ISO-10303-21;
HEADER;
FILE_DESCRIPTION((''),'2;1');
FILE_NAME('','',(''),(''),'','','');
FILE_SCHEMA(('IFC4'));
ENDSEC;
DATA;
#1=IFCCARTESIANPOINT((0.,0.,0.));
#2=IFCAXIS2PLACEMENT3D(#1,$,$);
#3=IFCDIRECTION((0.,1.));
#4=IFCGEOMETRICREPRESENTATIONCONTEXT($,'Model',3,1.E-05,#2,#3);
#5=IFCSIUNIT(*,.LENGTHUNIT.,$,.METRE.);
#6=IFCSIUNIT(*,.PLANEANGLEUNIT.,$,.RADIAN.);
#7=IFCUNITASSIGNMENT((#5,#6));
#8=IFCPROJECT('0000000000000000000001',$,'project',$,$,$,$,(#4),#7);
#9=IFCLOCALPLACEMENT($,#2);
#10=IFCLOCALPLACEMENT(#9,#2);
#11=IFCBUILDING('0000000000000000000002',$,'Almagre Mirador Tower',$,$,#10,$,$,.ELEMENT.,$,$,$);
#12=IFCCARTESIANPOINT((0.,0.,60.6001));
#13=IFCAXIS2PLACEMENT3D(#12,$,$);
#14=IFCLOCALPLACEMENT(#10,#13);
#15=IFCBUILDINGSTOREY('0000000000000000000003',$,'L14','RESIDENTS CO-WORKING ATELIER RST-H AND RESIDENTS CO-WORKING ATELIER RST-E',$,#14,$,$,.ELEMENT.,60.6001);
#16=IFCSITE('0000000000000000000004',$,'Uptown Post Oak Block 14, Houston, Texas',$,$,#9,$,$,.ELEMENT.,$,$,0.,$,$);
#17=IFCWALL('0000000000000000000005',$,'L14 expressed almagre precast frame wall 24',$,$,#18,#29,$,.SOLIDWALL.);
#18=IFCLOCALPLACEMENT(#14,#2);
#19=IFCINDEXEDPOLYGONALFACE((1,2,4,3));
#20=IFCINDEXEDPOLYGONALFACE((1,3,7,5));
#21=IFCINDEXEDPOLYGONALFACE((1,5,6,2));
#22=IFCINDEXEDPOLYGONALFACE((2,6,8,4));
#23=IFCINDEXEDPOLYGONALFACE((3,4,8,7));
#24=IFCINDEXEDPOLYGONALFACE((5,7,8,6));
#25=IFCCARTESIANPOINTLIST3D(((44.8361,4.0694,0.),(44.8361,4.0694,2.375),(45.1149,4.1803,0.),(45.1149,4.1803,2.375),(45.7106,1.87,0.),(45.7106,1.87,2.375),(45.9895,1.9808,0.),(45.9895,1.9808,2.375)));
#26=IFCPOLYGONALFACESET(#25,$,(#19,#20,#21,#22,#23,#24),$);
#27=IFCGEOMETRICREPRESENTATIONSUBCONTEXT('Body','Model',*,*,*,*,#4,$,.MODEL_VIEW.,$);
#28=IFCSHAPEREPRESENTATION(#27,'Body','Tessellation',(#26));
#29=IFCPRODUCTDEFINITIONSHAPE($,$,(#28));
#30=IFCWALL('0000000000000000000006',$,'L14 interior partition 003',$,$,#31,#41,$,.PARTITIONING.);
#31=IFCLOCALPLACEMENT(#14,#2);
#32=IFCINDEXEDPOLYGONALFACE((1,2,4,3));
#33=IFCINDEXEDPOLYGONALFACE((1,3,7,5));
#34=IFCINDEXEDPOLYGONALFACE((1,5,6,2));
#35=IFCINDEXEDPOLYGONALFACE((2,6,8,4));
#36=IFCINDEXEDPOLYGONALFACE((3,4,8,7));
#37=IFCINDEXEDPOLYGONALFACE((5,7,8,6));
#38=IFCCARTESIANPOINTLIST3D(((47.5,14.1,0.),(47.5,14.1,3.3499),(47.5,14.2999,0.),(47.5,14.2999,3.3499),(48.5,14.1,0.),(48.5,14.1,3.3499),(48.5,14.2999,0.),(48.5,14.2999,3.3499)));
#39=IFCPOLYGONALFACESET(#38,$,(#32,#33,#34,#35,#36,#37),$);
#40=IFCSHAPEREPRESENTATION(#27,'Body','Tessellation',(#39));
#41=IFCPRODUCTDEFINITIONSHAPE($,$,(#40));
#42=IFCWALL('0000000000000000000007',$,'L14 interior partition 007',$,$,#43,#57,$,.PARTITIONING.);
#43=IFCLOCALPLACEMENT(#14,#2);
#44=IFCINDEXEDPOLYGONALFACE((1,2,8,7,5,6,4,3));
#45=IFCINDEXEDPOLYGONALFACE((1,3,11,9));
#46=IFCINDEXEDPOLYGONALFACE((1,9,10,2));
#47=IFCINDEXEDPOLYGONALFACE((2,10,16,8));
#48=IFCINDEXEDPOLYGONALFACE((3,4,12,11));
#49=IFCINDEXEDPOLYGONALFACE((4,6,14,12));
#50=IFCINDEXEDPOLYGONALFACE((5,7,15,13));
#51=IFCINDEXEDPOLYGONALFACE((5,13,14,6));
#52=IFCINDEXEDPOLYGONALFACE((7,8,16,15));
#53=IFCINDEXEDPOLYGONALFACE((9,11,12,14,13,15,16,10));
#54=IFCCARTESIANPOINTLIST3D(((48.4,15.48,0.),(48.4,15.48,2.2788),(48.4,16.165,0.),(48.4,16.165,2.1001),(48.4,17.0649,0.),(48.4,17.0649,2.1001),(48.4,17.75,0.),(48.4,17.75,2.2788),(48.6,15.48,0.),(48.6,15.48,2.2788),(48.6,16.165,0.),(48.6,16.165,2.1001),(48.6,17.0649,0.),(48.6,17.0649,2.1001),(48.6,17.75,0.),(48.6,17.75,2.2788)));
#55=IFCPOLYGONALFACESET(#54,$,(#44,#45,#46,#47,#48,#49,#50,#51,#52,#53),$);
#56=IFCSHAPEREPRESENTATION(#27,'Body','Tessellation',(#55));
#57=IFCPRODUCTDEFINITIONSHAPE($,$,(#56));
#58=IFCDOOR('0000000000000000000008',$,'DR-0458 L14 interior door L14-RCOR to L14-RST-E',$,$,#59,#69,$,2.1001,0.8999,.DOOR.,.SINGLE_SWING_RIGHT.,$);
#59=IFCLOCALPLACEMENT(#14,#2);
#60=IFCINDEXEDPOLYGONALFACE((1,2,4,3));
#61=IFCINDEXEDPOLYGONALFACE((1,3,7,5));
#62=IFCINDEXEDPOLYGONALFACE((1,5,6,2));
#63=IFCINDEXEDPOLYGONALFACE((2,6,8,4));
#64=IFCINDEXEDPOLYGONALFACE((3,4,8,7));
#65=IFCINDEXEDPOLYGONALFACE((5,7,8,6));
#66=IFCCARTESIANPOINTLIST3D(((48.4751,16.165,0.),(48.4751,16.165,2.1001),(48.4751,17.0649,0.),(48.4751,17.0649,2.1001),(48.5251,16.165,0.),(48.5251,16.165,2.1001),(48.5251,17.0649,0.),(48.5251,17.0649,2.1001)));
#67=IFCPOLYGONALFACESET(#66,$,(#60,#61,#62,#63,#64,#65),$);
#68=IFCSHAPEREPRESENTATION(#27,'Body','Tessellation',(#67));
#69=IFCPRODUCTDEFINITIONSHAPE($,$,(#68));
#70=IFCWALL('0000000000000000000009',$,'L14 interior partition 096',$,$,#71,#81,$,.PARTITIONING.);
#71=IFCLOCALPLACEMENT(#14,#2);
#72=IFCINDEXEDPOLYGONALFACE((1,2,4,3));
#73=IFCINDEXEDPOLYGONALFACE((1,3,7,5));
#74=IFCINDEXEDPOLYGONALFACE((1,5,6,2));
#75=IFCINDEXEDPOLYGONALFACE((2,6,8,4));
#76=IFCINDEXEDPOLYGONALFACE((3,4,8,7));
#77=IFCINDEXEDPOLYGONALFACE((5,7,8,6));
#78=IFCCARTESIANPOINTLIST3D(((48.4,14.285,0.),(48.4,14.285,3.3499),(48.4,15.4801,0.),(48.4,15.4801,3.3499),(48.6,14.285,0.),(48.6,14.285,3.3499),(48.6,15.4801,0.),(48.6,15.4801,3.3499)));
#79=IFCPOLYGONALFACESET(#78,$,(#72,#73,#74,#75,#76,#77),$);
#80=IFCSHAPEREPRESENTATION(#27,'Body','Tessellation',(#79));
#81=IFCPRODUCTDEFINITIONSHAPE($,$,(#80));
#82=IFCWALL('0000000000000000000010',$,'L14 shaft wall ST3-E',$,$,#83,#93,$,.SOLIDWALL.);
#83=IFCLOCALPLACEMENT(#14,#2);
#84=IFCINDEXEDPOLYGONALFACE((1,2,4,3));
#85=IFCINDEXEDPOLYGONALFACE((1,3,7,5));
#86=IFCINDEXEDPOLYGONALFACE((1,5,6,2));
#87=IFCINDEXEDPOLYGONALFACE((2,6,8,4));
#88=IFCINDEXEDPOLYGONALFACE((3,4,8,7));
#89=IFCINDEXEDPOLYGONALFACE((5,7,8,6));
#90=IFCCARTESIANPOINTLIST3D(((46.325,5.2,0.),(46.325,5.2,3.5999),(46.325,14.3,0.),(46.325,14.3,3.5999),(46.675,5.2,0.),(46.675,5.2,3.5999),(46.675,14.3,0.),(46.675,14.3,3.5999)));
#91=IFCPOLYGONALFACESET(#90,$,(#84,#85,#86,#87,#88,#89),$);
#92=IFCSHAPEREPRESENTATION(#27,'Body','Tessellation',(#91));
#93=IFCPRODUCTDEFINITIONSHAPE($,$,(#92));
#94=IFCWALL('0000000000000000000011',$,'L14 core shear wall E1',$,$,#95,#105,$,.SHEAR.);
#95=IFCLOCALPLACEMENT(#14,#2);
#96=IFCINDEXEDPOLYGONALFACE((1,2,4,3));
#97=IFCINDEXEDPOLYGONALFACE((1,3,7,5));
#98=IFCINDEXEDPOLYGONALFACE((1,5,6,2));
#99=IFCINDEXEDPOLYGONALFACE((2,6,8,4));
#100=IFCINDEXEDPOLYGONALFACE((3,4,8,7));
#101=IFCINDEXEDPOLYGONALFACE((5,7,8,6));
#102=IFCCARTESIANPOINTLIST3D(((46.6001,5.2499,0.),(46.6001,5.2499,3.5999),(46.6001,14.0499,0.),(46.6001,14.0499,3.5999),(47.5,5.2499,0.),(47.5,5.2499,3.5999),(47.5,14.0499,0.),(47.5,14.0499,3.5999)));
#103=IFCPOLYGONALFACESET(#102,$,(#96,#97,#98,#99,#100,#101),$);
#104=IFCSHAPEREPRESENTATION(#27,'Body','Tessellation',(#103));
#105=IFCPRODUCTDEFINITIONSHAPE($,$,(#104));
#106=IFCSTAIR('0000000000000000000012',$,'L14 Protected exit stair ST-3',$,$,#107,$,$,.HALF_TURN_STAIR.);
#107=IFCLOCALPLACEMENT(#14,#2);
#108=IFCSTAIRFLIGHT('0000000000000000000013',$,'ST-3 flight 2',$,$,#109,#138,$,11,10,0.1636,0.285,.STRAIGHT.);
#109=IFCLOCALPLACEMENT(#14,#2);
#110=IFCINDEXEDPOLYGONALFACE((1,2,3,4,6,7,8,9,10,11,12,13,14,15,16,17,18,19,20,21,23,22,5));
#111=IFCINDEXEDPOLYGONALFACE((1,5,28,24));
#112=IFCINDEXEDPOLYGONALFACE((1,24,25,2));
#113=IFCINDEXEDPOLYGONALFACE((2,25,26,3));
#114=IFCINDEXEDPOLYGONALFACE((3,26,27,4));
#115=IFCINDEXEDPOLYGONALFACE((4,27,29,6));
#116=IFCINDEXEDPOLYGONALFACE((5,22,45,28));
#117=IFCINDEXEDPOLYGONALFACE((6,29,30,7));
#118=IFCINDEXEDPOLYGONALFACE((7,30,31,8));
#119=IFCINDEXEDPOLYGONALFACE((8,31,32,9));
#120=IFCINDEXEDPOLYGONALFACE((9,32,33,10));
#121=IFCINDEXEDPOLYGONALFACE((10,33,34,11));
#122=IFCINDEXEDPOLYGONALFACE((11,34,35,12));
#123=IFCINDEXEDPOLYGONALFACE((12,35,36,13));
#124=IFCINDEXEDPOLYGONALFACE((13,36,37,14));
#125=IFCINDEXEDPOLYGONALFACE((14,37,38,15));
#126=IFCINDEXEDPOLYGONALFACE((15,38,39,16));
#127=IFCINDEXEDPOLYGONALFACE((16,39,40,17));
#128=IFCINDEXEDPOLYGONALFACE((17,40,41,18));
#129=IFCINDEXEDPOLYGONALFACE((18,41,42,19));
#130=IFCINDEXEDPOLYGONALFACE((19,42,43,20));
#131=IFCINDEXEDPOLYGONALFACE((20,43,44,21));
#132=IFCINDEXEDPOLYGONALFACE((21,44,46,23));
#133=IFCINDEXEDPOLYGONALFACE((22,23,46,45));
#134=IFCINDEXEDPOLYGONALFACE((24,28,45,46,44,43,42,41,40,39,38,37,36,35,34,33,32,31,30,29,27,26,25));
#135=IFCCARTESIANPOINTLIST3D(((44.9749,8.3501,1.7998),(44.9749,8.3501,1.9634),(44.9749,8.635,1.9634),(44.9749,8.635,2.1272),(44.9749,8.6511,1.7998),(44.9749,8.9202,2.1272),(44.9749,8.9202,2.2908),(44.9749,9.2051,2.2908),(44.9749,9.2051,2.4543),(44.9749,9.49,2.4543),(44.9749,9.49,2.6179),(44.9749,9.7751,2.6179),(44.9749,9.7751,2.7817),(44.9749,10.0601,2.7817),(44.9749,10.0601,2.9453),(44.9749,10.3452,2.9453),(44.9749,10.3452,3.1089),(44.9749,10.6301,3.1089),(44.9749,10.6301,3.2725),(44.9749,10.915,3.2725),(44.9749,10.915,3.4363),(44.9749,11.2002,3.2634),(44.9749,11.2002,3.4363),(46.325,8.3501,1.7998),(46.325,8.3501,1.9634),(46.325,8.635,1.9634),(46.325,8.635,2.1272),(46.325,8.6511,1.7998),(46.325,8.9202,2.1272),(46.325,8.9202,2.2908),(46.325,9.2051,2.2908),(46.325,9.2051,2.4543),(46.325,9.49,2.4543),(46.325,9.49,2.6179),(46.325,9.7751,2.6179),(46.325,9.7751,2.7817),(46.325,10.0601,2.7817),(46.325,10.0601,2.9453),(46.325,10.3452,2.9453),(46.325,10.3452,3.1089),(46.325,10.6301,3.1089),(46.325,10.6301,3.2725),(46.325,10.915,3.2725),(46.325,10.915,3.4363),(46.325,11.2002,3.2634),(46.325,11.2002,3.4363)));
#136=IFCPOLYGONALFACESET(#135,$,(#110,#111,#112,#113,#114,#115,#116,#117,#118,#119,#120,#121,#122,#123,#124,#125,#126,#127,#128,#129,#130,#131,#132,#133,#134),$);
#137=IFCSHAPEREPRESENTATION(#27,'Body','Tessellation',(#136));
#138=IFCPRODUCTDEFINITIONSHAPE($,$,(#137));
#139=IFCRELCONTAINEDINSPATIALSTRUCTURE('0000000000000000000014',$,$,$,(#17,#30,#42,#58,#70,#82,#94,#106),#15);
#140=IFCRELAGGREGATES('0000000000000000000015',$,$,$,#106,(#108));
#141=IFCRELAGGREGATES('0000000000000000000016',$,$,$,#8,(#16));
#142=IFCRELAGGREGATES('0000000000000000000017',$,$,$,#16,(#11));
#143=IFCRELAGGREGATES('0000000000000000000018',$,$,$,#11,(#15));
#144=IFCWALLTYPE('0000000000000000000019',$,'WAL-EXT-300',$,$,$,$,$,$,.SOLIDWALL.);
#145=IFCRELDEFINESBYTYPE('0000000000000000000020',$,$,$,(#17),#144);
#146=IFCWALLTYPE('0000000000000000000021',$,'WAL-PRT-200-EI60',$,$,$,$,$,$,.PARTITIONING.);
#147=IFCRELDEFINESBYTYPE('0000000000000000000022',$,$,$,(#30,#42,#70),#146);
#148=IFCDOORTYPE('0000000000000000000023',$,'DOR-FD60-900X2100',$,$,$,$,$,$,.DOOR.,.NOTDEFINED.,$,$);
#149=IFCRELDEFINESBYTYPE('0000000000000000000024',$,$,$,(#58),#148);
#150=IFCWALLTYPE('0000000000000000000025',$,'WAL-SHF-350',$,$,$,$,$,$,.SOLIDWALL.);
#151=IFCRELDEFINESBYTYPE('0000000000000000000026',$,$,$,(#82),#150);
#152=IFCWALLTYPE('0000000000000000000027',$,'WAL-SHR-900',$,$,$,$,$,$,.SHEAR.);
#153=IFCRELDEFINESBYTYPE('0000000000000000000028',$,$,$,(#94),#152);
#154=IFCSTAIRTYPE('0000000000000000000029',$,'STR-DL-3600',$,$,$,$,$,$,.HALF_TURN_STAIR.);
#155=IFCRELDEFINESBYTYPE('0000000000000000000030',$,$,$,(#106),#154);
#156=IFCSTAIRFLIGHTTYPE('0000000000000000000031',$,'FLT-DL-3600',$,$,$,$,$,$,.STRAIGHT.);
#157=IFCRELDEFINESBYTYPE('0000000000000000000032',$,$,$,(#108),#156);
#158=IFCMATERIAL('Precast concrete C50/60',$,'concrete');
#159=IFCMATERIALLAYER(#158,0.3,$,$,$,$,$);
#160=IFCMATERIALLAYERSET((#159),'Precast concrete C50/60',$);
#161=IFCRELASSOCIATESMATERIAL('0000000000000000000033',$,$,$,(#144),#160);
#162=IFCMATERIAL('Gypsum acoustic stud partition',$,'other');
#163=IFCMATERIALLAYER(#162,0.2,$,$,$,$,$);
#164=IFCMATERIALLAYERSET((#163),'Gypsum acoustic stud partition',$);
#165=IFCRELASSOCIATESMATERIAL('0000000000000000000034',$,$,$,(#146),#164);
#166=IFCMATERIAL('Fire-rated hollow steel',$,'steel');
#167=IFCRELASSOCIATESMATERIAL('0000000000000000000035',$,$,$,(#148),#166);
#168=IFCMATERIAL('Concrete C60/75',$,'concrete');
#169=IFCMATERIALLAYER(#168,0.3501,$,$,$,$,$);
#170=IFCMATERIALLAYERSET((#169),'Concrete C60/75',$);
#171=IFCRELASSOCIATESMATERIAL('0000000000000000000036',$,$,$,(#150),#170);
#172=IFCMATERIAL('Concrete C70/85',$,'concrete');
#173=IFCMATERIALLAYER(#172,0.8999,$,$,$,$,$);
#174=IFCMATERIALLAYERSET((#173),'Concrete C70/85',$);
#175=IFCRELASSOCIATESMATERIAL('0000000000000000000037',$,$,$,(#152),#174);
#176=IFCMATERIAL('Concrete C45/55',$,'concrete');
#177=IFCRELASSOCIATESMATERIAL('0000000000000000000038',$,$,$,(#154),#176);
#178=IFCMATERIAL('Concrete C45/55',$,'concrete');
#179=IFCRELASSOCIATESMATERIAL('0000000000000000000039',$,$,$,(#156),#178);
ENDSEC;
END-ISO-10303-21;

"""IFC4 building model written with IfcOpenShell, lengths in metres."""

from ifc_helpers import new_model, si_unit, direction, frame, frame_2d, origin, place, context, subcontext, project, spatial, polyline, rectangle, outline, extrude, material, layer, layer_set, type_object, element, fill, aggregate, save


model = new_model("IFC4")

# Units and contexts
model_context = context("Model", 3, precision=1e-05, world=origin(), true_north=direction((0.0, 1.0)))
body_context = subcontext(model_context, "Body", "Model", "MODEL_VIEW")
ifc_project = project(units=[si_unit("LENGTHUNIT", "METRE"), si_unit("PLANEANGLEUNIT", "RADIAN")], contexts=[model_context])

# Site, building, storey
site_placement = place(None, origin())
site = spatial("IfcSite", under=ifc_project, at=site_placement, Name="Uptown Post Oak Block 14, Houston, Texas", CompositionType="ELEMENT", RefElevation=0.0)
building_placement = place(site_placement, origin())
building = spatial("IfcBuilding", under=site, at=building_placement, Name="Almagre Mirador Tower", CompositionType="ELEMENT")
storey_placement = place(building_placement, frame((0.0, 0.0, 60.6001)))
storey = spatial("IfcBuildingStorey", under=building, at=storey_placement, Name="L14", Description="RESIDENTS CO-WORKING ATELIER RST-H AND RESIDENTS CO-WORKING ATELIER RST-E", CompositionType="ELEMENT", Elevation=60.6001)

# Walls
ifc_material_1 = material(Name="Precast concrete C50/60", Category="concrete")
ifc_layer_1 = layer(ifc_material_1, 0.3)
ifc_layer_set_1 = layer_set([ifc_layer_1], Name="Precast concrete C50/60")
wall_type_1 = type_object("IfcWallType", Name="WAL-EXT-300", PredefinedType="SOLIDWALL", material=ifc_layer_set_1)
wall_1_placement = place(storey_placement, frame((45.8501, 1.9253, 0.0), z_axis=(0.0, 0.0, 1.0), x_axis=(-0.369469, 0.929243, 0.0)))
element("IfcWall", 1, at=wall_1_placement, inside=storey, type_object=wall_type_1, Name="L14 expressed almagre precast frame wall 24", PredefinedType="SOLIDWALL", context=body_context, shape_type="SweptSolid", body=[
    extrude(rectangle(XDim=2.3669, YDim=0.3, at=frame_2d((1.1836, 0.0))), origin(), (0.0, 0.0, 1.0), 2.375),
])
ifc_material_2 = material(Name="Gypsum acoustic stud partition", Category="other")
ifc_layer_2 = layer(ifc_material_2, 0.2)
ifc_layer_set_2 = layer_set([ifc_layer_2], Name="Gypsum acoustic stud partition")
wall_type_2 = type_object("IfcWallType", Name="WAL-PRT-200-EI60", PredefinedType="PARTITIONING", material=ifc_layer_set_2)
wall_2_placement = place(storey_placement, frame((47.5, 14.2, 0.0), z_axis=(0.0, 0.0, 1.0), x_axis=(1.0, 0.0, 0.0)))
element("IfcWall", 2, at=wall_2_placement, inside=storey, type_object=wall_type_2, Name="L14 interior partition 003", PredefinedType="PARTITIONING", context=body_context, shape_type="SweptSolid", body=[
    extrude(rectangle(XDim=1.0, YDim=0.2, at=frame_2d((0.5, 0.0))), origin(), (0.0, 0.0, 1.0), 3.3499),
])

# Wall, opening, door
wall_3_placement = place(storey_placement, frame((48.5, 15.48, 0.0), z_axis=(0.0, 0.0, 1.0), x_axis=(0.0, 1.0, 0.0)))
wall_3 = element("IfcWall", 3, at=wall_3_placement, inside=storey, type_object=wall_type_2, Name="L14 interior partition 007", PredefinedType="PARTITIONING", context=body_context, shape_type="SweptSolid", body=[
    extrude(rectangle(XDim=2.27, YDim=0.2, at=frame_2d((1.135, 0.0))), origin(), (0.0, 0.0, 1.0), 2.2788),
])
opening_placement = place(wall_3_placement, frame((0.6851, 0.0, 0.0)))
opening = element("IfcOpeningElement", 4, at=opening_placement, cuts=wall_3, PredefinedType="OPENING", context=body_context, shape_type="SweptSolid", body=[
    extrude(rectangle(XDim=0.8999, YDim=2.1001, at=frame_2d((0.45, 1.05))), frame((0.0, 0.1101, 0.0), z_axis=(0.0, -1.0, 0.0), x_axis=(1.0, 0.0, 0.0)), (0.0, 0.0, 1.0), 0.22),
])
ifc_material_3 = material(Name="Fire-rated hollow steel", Category="steel")
door_type = type_object("IfcDoorType", Name="DOR-FD60-900X2100", OperationType="NOTDEFINED", PredefinedType="DOOR", material=ifc_material_3)
door_placement = place(opening_placement, origin())
door = element("IfcDoor", 5, at=door_placement, inside=storey, type_object=door_type, Name="DR-0458 L14 interior door L14-RCOR to L14-RST-E", OperationType="SINGLE_SWING_RIGHT", OverallHeight=2.1001, OverallWidth=0.8999, PredefinedType="DOOR", context=body_context, shape_type="SweptSolid", body=[
    extrude(rectangle(XDim=0.8999, YDim=2.1001, at=frame_2d((0.45, 1.05))), frame((0.0, 0.0249, 0.0), z_axis=(0.0, -1.0, 0.0), x_axis=(1.0, 0.0, 0.0)), (0.0, 0.0, 1.0), 0.05),
])
fill(opening, door)

# Walls
wall_4_placement = place(storey_placement, frame((48.5, 14.2849, 0.0), z_axis=(0.0, 0.0, 1.0), x_axis=(0.0, 1.0, 0.0)))
element("IfcWall", 6, at=wall_4_placement, inside=storey, type_object=wall_type_2, Name="L14 interior partition 096", PredefinedType="PARTITIONING", context=body_context, shape_type="SweptSolid", body=[
    extrude(rectangle(XDim=1.1951, YDim=0.2, at=frame_2d((0.5977, 0.0))), origin(), (0.0, 0.0, 1.0), 3.3499),
])
ifc_material_4 = material(Name="Concrete C60/75", Category="concrete")
ifc_layer_3 = layer(ifc_material_4, 0.3501)
ifc_layer_set_3 = layer_set([ifc_layer_3], Name="Concrete C60/75")
wall_type_3 = type_object("IfcWallType", Name="WAL-SHF-350", PredefinedType="SOLIDWALL", material=ifc_layer_set_3)
wall_5_placement = place(storey_placement, frame((46.5, 5.2, 0.0), z_axis=(0.0, 0.0, 1.0), x_axis=(0.0, 1.0, 0.0)))
element("IfcWall", 7, at=wall_5_placement, inside=storey, type_object=wall_type_3, Name="L14 shaft wall ST3-E", PredefinedType="SOLIDWALL", context=body_context, shape_type="SweptSolid", body=[
    extrude(rectangle(XDim=9.1001, YDim=0.3501, at=frame_2d((4.55, 0.0))), origin(), (0.0, 0.0, 1.0), 3.5999),
])
ifc_material_5 = material(Name="Concrete C70/85", Category="concrete")
ifc_layer_4 = layer(ifc_material_5, 0.8999)
ifc_layer_set_4 = layer_set([ifc_layer_4], Name="Concrete C70/85")
wall_type_4 = type_object("IfcWallType", Name="WAL-SHR-900", PredefinedType="SHEAR", material=ifc_layer_set_4)
wall_6_placement = place(storey_placement, frame((47.05, 5.25, 0.0), z_axis=(0.0, 0.0, 1.0), x_axis=(0.0, 1.0, 0.0)))
element("IfcWall", 8, at=wall_6_placement, inside=storey, type_object=wall_type_4, Name="L14 core shear wall E1", PredefinedType="SHEAR", context=body_context, shape_type="SweptSolid", body=[
    extrude(rectangle(XDim=8.8, YDim=0.8999, at=frame_2d((4.3999, 0.0))), origin(), (0.0, 0.0, 1.0), 3.5999),
])

# Stair, stair flight
ifc_material_6 = material(Name="Concrete C45/55", Category="concrete")
stair_type = type_object("IfcStairType", Name="STR-DL-3600", PredefinedType="HALF_TURN_STAIR", material=ifc_material_6)
stair_placement = place(storey_placement, origin())
stair = element("IfcStair", 9, at=stair_placement, inside=storey, type_object=stair_type, Name="L14 Protected exit stair ST-3", PredefinedType="HALF_TURN_STAIR")
ifc_material_7 = material(Name="Concrete C45/55", Category="concrete")
stair_flight_type = type_object("IfcStairFlightType", Name="FLT-DL-3600", PredefinedType="STRAIGHT", material=ifc_material_7)
stair_flight_placement = place(storey_placement, frame((45.6499, 8.3501, 1.7998), z_axis=(0.0, 0.0, 1.0), x_axis=(0.0, 1.0, 0.0)))
stair_flight = element("IfcStairFlight", 10, at=stair_flight_placement, type_object=stair_flight_type, Name="ST-3 flight 2", NumberOfRisers=11, NumberOfTreads=10, PredefinedType="STRAIGHT", RiserHeight=0.1636, TreadLength=0.285, context=body_context, shape_type="SweptSolid", body=[
    extrude(outline(polyline([(0.0, 0.0), (0.0, 0.1636), (0.2849, 0.1636), (0.2849, 0.3274), (0.5701, 0.3274), (0.5701, 0.491), (0.855, 0.491), (0.855, 0.6545), (1.1399, 0.6545), (1.1399, 0.8181), (1.425, 0.8181), (1.425, 0.9819), (1.71, 0.9819), (1.71, 1.1455), (1.9951, 1.1455), (1.9951, 1.3091), (2.28, 1.3091), (2.28, 1.4727), (2.5649, 1.4727), (2.5649, 1.6365), (2.8501, 1.6365), (2.8501, 1.8), (2.8501, 1.4636), (0.301, 0.0), (0.0, 0.0)])), frame((0.0, 0.675, 0.0), z_axis=(0.0, -1.0, 0.0), x_axis=(1.0, 0.0, 0.0)), (0.0, 0.0, 1.0), 1.3501),
])
aggregate(stair, [stair_flight])

save(model, "model.ifc")
